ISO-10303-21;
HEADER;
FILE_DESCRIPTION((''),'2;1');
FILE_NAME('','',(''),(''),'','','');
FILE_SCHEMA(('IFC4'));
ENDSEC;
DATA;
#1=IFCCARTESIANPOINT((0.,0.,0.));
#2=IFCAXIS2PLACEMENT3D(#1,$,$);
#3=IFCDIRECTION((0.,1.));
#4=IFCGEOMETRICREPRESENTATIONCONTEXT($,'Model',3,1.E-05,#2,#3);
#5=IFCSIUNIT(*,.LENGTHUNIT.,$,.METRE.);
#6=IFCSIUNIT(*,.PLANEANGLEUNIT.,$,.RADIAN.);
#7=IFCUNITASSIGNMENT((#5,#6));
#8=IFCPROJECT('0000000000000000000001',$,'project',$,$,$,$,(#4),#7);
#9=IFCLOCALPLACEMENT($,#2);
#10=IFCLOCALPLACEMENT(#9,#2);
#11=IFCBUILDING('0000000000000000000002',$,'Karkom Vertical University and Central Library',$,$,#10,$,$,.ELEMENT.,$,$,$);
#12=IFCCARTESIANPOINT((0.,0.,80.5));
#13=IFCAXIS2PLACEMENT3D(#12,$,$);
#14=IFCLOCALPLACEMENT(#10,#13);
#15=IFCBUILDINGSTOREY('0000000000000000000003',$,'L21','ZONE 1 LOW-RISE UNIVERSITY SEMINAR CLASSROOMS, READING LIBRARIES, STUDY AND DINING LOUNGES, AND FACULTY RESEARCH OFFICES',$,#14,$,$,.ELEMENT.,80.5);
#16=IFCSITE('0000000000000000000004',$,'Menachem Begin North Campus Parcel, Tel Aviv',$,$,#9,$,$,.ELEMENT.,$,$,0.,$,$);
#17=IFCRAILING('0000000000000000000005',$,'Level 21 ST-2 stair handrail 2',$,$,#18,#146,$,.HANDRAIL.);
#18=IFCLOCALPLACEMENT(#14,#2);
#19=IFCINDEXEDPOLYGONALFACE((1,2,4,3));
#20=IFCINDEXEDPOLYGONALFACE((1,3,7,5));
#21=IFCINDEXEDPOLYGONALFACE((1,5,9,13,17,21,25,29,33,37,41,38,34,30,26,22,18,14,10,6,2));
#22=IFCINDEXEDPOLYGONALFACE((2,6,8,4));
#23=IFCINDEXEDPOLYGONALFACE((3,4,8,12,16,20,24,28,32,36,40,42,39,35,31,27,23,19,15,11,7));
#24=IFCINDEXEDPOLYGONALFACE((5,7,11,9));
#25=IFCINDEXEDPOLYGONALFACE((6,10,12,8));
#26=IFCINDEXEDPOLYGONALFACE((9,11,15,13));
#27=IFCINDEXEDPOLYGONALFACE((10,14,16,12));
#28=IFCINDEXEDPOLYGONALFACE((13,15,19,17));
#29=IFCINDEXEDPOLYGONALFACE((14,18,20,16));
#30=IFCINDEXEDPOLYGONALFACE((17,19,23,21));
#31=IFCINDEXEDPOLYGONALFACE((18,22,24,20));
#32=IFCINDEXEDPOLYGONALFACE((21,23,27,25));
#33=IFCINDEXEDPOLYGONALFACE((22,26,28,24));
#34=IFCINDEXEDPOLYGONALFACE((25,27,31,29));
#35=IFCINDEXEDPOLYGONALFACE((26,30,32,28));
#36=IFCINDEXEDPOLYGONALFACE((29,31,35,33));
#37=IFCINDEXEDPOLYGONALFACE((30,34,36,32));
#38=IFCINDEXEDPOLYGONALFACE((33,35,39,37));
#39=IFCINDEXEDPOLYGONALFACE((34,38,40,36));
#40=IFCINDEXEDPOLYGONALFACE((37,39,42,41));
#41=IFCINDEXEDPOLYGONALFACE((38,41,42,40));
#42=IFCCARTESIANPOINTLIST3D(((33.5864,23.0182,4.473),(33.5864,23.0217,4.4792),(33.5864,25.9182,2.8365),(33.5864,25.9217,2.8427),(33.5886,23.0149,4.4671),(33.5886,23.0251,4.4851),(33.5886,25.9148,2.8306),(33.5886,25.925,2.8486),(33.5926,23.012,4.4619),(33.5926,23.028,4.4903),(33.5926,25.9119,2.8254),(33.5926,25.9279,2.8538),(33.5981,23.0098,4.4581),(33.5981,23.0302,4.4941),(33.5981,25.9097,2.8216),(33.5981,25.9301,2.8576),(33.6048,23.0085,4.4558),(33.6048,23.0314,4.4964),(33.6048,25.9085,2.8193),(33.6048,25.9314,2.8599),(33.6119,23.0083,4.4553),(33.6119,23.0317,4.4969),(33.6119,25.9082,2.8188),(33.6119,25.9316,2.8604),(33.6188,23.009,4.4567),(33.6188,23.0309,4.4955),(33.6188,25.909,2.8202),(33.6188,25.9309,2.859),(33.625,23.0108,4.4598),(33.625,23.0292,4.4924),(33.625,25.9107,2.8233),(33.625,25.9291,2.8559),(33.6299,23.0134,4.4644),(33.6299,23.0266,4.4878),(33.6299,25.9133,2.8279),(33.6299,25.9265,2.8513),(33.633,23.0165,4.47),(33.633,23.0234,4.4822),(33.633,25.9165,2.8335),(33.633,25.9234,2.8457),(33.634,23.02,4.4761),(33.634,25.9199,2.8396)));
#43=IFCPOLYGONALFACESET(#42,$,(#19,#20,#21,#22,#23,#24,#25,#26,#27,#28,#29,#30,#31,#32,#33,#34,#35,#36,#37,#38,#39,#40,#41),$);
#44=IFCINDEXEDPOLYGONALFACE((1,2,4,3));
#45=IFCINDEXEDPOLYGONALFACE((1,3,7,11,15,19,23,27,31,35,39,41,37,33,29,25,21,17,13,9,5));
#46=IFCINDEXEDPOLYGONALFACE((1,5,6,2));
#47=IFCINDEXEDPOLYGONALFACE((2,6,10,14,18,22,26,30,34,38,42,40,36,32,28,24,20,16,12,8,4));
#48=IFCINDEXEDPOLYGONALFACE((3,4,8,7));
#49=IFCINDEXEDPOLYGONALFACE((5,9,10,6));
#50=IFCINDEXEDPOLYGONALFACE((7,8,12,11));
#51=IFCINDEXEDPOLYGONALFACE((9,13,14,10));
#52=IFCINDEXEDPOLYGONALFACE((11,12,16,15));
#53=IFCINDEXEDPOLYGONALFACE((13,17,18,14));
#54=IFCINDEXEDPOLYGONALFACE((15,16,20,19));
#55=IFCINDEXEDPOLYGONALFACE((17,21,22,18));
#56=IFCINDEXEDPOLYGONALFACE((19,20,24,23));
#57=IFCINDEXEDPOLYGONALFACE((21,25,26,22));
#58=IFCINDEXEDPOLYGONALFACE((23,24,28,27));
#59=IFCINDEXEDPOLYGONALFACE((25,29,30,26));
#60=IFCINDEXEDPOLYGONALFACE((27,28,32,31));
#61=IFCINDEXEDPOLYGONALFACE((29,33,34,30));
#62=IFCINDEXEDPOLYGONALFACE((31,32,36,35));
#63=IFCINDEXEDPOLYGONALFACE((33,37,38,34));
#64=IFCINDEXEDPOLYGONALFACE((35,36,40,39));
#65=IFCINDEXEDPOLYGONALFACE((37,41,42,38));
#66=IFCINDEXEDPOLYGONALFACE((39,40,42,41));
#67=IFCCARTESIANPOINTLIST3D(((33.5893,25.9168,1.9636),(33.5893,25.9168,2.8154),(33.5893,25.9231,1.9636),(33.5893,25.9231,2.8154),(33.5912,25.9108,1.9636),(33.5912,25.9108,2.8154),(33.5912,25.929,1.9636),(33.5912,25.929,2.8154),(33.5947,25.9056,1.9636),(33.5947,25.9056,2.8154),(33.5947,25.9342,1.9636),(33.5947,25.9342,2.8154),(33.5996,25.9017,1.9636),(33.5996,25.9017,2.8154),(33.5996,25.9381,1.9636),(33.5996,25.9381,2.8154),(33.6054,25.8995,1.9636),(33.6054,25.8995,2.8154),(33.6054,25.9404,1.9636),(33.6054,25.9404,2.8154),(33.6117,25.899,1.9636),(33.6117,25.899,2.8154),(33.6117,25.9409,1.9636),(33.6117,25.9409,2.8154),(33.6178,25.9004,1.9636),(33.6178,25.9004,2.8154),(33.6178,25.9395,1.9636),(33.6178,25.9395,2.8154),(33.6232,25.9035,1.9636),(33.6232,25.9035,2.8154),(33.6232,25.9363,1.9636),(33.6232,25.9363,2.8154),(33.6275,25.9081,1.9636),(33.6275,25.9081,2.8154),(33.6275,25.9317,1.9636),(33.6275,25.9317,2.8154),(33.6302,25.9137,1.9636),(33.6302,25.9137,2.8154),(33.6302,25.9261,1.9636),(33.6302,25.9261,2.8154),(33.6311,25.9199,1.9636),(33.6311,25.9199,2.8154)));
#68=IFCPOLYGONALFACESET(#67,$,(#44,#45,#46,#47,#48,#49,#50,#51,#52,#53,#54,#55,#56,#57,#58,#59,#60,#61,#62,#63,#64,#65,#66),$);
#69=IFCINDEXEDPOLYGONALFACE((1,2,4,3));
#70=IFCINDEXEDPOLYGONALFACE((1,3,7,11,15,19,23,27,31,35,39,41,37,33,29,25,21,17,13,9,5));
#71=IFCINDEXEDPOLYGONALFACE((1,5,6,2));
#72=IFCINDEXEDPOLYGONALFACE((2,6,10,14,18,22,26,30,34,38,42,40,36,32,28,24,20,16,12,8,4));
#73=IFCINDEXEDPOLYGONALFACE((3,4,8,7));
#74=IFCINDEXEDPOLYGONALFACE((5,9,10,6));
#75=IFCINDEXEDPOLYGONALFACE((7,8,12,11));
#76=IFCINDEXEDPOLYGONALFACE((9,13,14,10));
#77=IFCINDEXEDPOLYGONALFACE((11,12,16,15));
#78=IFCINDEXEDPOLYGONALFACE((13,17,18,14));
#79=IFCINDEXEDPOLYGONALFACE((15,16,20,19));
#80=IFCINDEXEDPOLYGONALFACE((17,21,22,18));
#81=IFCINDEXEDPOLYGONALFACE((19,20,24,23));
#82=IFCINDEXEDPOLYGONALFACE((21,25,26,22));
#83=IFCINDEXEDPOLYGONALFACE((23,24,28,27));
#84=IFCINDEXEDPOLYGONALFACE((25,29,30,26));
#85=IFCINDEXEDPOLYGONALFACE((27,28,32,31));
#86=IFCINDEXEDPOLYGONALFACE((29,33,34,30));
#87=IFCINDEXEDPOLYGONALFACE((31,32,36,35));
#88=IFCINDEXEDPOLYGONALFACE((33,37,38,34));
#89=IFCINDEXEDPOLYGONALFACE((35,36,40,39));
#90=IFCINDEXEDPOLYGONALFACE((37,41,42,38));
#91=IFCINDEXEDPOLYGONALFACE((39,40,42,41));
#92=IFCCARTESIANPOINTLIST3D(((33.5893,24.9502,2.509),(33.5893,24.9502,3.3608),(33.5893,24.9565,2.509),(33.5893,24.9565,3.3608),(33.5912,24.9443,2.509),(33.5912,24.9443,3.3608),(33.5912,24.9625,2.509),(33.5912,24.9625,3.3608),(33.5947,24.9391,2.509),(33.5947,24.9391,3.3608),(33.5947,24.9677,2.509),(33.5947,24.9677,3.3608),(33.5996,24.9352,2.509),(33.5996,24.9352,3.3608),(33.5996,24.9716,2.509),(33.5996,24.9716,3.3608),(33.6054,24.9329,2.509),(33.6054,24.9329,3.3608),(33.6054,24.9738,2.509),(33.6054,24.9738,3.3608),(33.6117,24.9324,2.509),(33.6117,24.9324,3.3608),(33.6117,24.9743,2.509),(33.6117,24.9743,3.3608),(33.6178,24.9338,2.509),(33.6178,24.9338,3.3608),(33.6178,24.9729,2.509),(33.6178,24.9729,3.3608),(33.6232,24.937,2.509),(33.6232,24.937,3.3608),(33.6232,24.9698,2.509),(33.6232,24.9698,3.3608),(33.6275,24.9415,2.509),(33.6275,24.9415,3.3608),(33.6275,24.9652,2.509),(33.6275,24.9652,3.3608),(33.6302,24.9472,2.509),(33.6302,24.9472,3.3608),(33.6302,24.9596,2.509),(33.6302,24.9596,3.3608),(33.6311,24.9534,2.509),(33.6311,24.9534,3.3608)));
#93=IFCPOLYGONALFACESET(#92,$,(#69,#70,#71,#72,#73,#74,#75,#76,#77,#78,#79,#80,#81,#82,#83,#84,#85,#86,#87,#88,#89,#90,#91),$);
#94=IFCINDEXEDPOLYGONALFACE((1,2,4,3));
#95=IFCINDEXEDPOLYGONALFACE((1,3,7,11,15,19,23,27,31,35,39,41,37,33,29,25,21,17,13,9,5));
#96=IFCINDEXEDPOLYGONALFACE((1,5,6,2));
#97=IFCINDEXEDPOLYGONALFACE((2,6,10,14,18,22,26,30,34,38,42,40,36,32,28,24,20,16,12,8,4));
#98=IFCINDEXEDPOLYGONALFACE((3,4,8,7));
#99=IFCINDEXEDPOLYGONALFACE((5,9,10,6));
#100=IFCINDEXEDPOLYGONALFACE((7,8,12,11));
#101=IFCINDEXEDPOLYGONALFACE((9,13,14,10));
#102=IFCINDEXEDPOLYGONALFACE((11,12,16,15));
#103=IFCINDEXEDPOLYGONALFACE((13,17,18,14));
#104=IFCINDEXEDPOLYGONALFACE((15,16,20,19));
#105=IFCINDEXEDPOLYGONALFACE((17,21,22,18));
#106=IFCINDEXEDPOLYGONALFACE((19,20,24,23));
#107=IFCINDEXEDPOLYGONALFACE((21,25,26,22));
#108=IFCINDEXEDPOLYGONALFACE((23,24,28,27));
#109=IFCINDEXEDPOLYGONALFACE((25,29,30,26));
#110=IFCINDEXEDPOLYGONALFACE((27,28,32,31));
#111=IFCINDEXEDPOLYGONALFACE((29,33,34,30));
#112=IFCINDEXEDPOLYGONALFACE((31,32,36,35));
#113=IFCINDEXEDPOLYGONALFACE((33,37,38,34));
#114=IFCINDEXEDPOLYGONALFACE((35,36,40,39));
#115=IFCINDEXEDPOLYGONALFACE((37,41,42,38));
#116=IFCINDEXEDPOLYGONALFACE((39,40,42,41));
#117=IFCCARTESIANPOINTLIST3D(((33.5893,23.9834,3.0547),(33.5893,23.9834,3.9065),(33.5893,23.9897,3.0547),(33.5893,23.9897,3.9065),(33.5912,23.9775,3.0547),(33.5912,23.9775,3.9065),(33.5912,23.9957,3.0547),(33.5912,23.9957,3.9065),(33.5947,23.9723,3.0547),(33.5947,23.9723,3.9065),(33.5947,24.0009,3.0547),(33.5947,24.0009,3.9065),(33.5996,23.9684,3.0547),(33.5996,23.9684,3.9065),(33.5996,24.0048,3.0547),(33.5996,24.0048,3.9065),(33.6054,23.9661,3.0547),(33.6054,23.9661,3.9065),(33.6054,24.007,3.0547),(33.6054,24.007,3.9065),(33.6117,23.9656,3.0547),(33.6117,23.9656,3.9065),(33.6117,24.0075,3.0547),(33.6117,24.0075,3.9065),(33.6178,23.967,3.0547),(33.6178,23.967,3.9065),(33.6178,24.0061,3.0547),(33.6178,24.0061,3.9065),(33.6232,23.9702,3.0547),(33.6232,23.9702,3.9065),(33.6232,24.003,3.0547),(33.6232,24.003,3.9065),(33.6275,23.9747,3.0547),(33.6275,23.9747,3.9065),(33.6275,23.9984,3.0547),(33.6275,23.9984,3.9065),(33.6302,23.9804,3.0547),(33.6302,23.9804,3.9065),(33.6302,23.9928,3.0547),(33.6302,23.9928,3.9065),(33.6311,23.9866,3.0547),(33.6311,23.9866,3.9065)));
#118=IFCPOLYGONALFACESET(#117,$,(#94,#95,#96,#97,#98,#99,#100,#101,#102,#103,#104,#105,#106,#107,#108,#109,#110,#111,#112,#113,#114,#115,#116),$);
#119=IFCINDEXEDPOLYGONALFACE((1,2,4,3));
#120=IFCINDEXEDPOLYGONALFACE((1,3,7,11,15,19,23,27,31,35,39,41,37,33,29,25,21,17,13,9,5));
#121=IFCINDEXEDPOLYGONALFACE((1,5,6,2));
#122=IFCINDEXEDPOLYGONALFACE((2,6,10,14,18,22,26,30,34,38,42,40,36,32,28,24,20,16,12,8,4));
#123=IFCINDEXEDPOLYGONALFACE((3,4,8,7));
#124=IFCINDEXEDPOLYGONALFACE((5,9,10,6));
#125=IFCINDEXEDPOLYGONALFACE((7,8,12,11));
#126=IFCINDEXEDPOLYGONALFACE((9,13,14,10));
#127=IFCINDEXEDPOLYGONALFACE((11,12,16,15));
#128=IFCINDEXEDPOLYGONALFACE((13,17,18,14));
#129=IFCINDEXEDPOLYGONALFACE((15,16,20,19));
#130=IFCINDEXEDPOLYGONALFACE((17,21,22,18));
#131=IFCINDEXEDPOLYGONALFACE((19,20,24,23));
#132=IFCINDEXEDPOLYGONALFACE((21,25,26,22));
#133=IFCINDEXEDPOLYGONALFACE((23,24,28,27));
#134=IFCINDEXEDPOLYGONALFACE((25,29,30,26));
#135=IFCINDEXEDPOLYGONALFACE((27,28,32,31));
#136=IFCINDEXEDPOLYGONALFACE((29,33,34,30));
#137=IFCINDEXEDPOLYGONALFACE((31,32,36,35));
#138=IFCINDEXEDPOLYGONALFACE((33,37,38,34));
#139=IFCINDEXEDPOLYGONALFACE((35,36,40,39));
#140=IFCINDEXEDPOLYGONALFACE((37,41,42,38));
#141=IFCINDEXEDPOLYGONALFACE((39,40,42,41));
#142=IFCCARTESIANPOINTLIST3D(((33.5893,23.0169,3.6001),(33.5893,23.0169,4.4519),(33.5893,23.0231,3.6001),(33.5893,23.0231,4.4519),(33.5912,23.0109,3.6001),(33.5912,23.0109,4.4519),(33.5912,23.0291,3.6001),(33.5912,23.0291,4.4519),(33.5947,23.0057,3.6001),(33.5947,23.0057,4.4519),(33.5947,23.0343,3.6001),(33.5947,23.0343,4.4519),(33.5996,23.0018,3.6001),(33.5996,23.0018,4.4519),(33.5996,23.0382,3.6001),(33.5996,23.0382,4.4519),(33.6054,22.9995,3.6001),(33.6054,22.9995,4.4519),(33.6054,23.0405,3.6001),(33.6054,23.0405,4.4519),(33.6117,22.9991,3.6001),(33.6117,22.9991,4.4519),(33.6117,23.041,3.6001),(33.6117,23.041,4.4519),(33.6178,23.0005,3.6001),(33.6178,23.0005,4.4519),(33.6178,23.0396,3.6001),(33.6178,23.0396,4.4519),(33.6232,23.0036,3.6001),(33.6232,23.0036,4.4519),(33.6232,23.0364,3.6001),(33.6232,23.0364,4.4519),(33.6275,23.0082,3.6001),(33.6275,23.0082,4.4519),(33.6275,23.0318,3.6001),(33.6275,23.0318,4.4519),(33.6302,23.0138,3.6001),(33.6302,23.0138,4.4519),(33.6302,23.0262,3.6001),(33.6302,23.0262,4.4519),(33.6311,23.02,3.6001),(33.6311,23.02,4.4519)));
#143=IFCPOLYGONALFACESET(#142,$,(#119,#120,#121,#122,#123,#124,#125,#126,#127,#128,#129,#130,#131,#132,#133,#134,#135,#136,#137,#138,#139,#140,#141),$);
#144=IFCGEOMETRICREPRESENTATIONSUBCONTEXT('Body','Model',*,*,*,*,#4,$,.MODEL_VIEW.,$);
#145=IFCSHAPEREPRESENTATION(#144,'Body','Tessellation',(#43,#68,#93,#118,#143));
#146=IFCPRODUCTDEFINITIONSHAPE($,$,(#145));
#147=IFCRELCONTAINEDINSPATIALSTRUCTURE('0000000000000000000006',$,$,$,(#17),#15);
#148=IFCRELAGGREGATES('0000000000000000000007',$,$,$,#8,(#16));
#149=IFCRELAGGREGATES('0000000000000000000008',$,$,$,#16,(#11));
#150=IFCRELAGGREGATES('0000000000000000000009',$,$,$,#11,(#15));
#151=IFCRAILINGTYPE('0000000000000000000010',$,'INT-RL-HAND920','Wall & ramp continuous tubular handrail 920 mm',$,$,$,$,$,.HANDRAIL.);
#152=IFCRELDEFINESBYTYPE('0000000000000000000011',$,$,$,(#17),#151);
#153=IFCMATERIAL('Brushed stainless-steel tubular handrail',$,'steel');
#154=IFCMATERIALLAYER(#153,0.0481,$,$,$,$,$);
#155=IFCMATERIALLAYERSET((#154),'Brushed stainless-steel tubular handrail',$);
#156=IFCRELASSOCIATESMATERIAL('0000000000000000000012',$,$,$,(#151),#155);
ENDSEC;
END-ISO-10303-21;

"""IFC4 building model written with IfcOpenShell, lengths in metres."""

from ifc_helpers import new_model, si_unit, direction, frame, origin, origin_2d, place, context, subcontext, project, spatial, circle, extrude, material, layer, layer_set, type_object, element, save


model = new_model("IFC4")

# Units and contexts
model_context = context("Model", 3, precision=1e-05, world=origin(), true_north=direction((0.0, 1.0)))
body_context = subcontext(model_context, "Body", "Model", "MODEL_VIEW")
ifc_project = project(units=[si_unit("LENGTHUNIT", "METRE"), si_unit("PLANEANGLEUNIT", "RADIAN")], contexts=[model_context])

# Site, building, storey
site_placement = place(None, origin())
site = spatial("IfcSite", under=ifc_project, at=site_placement, Name="Menachem Begin North Campus Parcel, Tel Aviv", CompositionType="ELEMENT", RefElevation=0.0)
building_placement = place(site_placement, origin())
building = spatial("IfcBuilding", under=site, at=building_placement, Name="Karkom Vertical University and Central Library", CompositionType="ELEMENT")
storey_placement = place(building_placement, frame((0.0, 0.0, 80.5)))
storey = spatial("IfcBuildingStorey", under=building, at=storey_placement, Name="L21", Description="ZONE 1 LOW-RISE UNIVERSITY SEMINAR CLASSROOMS, READING LIBRARIES, STUDY AND DINING LOUNGES, AND FACULTY RESEARCH OFFICES", CompositionType="ELEMENT", Elevation=80.5)

# Railing
ifc_material_1 = material(Name="Brushed stainless-steel tubular handrail", Category="steel")
ifc_layer_1 = layer(ifc_material_1, 0.0481)
ifc_layer_set_1 = layer_set([ifc_layer_1], Name="Brushed stainless-steel tubular handrail")
railing_type_1 = type_object("IfcRailingType", Name="INT-RL-HAND920", Description="Wall & ramp continuous tubular handrail 920 mm", PredefinedType="HANDRAIL", material=ifc_layer_set_1)
railing_1_placement = place(storey_placement, frame((33.6101, 25.9199, 1.9636)))
element("IfcRailing", 1, at=railing_1_placement, inside=storey, type_object=railing_type_1, Name="Level 21 ST-2 stair handrail 2", PredefinedType="HANDRAIL", context=body_context, shape_type="SweptSolid", body=[
    extrude(circle(Radius=0.0239, at=origin_2d()), frame((0.0, 0.0, 0.876), z_axis=(0.0, -0.870897, 0.491465), x_axis=(1.0, 0.0, 0.0)), (0.0, 0.0, 1.0), 3.3298),
    extrude(circle(Radius=0.021, at=origin_2d()), origin(), (0.0, 0.0, 1.0), 0.8518),
    extrude(circle(Radius=0.021, at=origin_2d()), frame((0.0, -0.9666, 0.5454)), (0.0, 0.0, 1.0), 0.8518),
    extrude(circle(Radius=0.021, at=origin_2d()), frame((0.0, -1.9333, 1.0911)), (0.0, 0.0, 1.0), 0.8518),
    extrude(circle(Radius=0.021, at=origin_2d()), frame((0.0, -2.8999, 1.6365)), (0.0, 0.0, 1.0), 0.8518),
])

save(model, "model.ifc")
